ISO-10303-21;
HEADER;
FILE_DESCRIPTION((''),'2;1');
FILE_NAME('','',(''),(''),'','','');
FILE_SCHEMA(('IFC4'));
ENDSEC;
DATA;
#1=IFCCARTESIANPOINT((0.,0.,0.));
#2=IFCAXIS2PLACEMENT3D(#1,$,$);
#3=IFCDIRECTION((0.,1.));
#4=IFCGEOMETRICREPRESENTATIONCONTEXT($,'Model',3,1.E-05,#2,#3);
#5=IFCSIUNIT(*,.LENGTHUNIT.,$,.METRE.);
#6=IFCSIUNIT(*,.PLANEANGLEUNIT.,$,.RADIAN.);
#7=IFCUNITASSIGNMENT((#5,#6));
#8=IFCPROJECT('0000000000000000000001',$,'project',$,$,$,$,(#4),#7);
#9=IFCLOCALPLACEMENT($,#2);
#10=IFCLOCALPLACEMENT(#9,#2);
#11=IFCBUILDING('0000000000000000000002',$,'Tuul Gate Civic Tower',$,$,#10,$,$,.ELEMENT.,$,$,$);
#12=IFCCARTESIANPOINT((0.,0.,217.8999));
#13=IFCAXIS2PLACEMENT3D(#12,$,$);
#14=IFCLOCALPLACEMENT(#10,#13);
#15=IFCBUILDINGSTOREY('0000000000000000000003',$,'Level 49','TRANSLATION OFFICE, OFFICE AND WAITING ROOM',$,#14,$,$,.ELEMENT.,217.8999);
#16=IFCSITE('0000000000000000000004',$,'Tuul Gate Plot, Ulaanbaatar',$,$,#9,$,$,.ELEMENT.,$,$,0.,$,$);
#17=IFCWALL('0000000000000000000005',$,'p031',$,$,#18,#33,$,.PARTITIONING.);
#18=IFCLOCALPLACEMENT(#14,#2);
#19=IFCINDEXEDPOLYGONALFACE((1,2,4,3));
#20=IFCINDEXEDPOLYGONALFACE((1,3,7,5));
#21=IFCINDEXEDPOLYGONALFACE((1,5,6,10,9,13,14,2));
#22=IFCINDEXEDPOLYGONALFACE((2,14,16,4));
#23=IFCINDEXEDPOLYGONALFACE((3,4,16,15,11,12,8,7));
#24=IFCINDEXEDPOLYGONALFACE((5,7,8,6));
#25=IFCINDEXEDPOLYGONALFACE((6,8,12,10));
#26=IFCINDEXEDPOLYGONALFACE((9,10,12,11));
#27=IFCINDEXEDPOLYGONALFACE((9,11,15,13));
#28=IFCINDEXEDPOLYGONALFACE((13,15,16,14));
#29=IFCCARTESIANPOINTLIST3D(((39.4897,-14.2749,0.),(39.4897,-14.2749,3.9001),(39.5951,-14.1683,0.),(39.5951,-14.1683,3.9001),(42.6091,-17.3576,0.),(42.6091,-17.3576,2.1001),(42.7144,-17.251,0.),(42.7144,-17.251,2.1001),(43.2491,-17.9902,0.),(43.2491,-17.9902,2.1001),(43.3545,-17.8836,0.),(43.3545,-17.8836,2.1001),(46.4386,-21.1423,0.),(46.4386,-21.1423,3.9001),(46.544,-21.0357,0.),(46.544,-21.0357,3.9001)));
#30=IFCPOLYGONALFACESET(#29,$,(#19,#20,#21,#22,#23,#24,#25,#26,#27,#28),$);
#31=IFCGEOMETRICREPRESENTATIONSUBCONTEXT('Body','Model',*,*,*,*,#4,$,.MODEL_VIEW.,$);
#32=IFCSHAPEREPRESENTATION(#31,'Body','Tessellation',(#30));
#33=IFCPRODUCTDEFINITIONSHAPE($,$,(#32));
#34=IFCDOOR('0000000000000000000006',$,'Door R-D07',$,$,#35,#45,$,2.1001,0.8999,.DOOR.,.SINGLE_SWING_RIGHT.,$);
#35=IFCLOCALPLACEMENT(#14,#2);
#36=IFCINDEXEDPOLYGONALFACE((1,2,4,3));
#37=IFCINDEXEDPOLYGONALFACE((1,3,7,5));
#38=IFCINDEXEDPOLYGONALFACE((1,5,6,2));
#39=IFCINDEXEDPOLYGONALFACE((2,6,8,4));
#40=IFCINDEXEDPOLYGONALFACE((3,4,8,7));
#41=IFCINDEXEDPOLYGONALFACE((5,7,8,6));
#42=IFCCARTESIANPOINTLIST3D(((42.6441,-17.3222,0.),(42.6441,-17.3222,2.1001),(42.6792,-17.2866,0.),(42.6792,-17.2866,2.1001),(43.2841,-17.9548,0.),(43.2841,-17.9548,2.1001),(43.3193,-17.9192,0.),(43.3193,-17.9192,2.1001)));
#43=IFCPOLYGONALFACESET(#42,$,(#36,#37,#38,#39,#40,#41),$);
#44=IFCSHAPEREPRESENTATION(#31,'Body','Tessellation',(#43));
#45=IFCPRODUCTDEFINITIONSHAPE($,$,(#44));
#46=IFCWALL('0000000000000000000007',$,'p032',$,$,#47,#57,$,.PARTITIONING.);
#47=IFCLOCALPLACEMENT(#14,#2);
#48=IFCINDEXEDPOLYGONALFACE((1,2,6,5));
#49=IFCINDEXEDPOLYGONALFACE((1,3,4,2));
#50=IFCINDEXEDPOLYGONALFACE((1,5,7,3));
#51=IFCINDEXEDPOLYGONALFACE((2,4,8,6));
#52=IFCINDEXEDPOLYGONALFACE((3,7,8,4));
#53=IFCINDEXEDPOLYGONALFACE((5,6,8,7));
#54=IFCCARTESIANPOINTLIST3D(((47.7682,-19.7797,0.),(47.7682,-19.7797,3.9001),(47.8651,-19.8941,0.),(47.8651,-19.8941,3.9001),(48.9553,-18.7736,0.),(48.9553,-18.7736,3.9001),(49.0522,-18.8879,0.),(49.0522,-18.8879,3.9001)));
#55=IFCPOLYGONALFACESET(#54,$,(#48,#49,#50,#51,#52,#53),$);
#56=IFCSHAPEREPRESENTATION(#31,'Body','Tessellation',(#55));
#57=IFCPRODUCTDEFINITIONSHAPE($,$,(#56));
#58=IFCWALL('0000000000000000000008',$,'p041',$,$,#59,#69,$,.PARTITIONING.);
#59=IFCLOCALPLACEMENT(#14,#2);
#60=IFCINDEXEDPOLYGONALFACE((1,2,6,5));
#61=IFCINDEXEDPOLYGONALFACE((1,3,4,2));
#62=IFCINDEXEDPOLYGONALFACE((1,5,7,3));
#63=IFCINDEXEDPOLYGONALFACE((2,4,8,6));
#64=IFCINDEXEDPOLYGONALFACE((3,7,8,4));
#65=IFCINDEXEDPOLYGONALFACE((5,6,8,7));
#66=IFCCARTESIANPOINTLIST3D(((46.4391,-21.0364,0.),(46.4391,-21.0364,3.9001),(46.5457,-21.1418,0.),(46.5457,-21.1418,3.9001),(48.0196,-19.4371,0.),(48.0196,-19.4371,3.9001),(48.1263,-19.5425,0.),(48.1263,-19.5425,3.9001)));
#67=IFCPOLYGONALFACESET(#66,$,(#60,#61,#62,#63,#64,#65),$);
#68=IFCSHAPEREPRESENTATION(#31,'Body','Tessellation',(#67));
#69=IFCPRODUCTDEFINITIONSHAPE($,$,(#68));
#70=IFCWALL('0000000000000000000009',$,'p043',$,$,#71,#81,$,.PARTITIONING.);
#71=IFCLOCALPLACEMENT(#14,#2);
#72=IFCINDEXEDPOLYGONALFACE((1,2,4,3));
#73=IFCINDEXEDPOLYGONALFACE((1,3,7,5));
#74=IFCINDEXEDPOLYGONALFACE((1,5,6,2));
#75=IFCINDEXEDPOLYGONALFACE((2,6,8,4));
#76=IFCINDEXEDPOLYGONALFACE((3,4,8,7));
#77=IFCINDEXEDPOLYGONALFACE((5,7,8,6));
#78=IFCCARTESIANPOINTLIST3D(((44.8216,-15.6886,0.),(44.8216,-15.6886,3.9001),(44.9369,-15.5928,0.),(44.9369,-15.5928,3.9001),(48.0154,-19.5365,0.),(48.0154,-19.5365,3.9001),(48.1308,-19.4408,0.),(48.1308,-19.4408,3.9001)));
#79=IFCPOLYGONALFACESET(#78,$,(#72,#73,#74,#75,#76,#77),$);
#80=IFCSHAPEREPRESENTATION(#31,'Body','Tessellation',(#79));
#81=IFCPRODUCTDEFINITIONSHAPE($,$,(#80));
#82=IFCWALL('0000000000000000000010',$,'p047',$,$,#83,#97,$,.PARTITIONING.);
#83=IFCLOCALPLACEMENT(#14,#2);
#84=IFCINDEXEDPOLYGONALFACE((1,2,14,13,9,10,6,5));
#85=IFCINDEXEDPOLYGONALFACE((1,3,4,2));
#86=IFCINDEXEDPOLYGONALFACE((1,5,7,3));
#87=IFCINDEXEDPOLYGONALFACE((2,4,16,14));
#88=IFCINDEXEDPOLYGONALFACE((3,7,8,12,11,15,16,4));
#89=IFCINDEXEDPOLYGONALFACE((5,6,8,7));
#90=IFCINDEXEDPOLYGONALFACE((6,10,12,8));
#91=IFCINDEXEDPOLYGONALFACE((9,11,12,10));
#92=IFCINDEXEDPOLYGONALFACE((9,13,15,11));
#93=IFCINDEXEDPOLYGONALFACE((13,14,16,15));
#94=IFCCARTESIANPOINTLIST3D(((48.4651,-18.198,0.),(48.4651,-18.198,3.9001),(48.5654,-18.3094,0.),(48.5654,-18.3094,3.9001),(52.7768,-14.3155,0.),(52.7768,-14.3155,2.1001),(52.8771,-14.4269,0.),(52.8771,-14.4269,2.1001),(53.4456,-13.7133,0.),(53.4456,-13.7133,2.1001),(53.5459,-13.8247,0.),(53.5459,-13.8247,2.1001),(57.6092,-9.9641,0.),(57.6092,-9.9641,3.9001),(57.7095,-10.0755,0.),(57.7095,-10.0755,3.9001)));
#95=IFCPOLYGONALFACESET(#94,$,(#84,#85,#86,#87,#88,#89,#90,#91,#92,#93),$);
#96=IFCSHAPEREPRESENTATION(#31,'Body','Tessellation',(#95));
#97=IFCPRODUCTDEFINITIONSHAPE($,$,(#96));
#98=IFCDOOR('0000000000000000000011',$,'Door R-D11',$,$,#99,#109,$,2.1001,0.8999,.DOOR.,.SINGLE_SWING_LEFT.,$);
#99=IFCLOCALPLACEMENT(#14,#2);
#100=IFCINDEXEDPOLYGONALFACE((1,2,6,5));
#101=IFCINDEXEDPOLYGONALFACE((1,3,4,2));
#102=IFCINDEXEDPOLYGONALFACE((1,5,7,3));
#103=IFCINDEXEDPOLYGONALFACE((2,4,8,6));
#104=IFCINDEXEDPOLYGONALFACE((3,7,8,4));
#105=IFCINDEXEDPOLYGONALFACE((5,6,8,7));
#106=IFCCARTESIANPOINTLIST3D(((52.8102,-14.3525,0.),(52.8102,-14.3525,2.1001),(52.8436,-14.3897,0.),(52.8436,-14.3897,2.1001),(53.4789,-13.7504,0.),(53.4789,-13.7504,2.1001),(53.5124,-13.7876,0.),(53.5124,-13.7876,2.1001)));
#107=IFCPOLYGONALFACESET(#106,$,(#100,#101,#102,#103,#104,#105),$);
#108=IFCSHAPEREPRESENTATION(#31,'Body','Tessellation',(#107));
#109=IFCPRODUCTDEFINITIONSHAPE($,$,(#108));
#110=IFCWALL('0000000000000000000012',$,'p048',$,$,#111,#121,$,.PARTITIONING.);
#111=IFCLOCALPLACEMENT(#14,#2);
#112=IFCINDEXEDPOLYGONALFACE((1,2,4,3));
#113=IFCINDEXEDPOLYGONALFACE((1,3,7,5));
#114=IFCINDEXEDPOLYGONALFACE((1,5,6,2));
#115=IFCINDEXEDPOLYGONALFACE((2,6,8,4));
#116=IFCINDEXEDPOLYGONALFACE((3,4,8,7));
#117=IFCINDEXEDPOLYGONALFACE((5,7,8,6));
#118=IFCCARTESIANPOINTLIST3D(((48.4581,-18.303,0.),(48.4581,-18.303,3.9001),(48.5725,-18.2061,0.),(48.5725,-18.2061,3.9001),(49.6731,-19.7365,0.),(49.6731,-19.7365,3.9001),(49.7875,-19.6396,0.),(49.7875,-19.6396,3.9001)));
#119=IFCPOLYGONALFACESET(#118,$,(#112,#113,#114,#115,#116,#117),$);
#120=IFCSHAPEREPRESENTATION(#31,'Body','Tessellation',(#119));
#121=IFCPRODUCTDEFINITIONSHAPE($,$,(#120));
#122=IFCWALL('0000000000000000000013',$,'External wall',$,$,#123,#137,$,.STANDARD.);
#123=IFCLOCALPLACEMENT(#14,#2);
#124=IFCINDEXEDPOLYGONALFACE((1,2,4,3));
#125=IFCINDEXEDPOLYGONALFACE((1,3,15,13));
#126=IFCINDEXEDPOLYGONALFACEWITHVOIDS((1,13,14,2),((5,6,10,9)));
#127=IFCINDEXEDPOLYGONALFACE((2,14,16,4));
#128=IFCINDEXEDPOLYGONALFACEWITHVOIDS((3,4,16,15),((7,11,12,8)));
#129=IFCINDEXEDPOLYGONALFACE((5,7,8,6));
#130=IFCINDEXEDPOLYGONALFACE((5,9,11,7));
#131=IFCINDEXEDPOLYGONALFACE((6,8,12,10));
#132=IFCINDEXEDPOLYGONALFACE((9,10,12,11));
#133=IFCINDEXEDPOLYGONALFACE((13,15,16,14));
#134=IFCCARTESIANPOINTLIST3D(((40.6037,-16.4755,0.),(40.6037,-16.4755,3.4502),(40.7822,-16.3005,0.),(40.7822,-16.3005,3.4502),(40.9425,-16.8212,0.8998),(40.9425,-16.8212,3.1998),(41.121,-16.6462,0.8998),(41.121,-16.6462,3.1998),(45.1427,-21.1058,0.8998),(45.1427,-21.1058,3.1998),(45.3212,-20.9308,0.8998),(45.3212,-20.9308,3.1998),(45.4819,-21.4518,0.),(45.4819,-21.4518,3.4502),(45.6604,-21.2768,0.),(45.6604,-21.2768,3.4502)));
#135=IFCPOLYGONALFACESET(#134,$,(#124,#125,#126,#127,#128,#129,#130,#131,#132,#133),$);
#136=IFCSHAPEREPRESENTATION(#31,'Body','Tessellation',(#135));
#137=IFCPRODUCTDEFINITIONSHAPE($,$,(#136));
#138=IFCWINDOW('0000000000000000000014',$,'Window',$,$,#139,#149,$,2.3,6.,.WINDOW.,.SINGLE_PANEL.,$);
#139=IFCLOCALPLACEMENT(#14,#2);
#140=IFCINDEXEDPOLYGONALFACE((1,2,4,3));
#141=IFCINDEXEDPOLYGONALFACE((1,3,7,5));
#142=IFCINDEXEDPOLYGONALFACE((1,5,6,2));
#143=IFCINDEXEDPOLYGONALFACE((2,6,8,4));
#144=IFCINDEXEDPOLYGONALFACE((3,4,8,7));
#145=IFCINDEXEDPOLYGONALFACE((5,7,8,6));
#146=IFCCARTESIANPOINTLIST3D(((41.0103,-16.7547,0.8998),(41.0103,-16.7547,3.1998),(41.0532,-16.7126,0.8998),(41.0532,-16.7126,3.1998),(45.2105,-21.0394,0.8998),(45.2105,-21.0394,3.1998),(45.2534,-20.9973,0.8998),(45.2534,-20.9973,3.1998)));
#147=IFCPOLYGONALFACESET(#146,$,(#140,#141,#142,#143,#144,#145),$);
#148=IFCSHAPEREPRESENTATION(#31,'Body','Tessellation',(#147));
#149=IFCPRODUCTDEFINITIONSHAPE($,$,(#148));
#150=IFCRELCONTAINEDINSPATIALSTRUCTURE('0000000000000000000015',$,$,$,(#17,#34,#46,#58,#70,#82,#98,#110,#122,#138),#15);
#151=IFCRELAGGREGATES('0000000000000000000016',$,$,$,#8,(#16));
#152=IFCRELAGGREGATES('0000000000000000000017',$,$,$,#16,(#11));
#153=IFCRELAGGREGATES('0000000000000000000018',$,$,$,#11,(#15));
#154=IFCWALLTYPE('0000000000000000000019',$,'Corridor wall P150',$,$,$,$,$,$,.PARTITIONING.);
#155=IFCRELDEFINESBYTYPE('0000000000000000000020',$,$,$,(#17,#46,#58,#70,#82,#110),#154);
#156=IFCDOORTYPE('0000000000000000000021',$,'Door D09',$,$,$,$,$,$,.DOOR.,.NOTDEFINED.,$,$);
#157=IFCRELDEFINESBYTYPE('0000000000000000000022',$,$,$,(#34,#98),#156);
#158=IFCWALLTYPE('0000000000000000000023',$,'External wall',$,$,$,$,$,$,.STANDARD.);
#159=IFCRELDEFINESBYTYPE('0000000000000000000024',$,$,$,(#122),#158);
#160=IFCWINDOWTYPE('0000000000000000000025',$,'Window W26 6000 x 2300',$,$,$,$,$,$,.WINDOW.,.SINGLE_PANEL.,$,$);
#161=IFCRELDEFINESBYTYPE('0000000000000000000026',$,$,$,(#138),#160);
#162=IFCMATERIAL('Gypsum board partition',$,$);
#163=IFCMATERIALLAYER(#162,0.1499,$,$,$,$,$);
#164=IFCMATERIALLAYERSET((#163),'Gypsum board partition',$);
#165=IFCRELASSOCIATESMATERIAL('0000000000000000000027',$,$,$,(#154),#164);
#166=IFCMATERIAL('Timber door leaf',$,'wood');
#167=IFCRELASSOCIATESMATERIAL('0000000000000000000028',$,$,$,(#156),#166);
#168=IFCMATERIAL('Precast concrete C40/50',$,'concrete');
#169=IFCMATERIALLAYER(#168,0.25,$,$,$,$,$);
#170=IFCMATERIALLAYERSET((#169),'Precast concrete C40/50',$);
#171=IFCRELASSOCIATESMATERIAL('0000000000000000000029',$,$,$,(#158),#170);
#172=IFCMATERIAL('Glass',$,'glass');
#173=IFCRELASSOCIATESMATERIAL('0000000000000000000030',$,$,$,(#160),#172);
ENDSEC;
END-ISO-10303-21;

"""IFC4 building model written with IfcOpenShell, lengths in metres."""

from ifc_helpers import new_model, si_unit, direction, frame, frame_2d, origin, place, context, subcontext, project, spatial, rectangle, extrude, material, layer, layer_set, type_object, element, fill, save


model = new_model("IFC4")

# Units and contexts
model_context = context("Model", 3, precision=1e-05, world=origin(), true_north=direction((0.0, 1.0)))
body_context = subcontext(model_context, "Body", "Model", "MODEL_VIEW")
ifc_project = project(units=[si_unit("LENGTHUNIT", "METRE"), si_unit("PLANEANGLEUNIT", "RADIAN")], contexts=[model_context])

# Site, building, storey
site_placement = place(None, origin())
site = spatial("IfcSite", under=ifc_project, at=site_placement, Name="Tuul Gate Plot, Ulaanbaatar", CompositionType="ELEMENT", RefElevation=0.0)
building_placement = place(site_placement, origin())
building = spatial("IfcBuilding", under=site, at=building_placement, Name="Tuul Gate Civic Tower", CompositionType="ELEMENT")
storey_placement = place(building_placement, frame((0.0, 0.0, 217.8999)))
storey = spatial("IfcBuildingStorey", under=building, at=storey_placement, Name="Level 49", Description="TRANSLATION OFFICE, OFFICE AND WAITING ROOM", CompositionType="ELEMENT", Elevation=217.8999)

# Wall, opening, door
ifc_material_1 = material(Name="Gypsum board partition")
ifc_layer_1 = layer(ifc_material_1, 0.1499)
ifc_layer_set_1 = layer_set([ifc_layer_1], Name="Gypsum board partition")
wall_type_1 = type_object("IfcWallType", Name="Corridor wall P150", PredefinedType="PARTITIONING", material=ifc_layer_set_1)
wall_1_placement = place(storey_placement, frame((39.5425, -14.2217, 0.0), z_axis=(0.0, 0.0, 1.0), x_axis=(0.711268, -0.702921, 0.0)))
wall_1 = element("IfcWall", 1, at=wall_1_placement, inside=storey, type_object=wall_type_1, Name="p031", PredefinedType="PARTITIONING", context=body_context, shape_type="SweptSolid", body=[
    extrude(rectangle(XDim=9.7698, YDim=0.1499, at=frame_2d((4.8848, 0.0))), origin(), (0.0, 0.0, 1.0), 3.9001),
])
opening_1_placement = place(wall_1_placement, frame((4.3855, 0.0, 0.0)))
opening_1 = element("IfcOpeningElement", 2, at=opening_1_placement, cuts=wall_1, PredefinedType="OPENING", context=body_context, shape_type="SweptSolid", body=[
    extrude(rectangle(XDim=0.8999, YDim=2.1001, at=frame_2d((0.45, 1.05))), frame((0.0, 0.085, 0.0), z_axis=(0.0, -1.0, 0.0), x_axis=(1.0, 0.0, 0.0)), (0.0, 0.0, 1.0), 0.1699),
])
ifc_material_2 = material(Name="Timber door leaf", Category="wood")
door_type_1 = type_object("IfcDoorType", Name="Door D09", OperationType="NOTDEFINED", PredefinedType="DOOR", material=ifc_material_2)
door_1_placement = place(opening_1_placement, origin())
door_1 = element("IfcDoor", 3, at=door_1_placement, inside=storey, type_object=door_type_1, Name="Door R-D07", OperationType="SINGLE_SWING_RIGHT", OverallHeight=2.1001, OverallWidth=0.8999, PredefinedType="DOOR", context=body_context, shape_type="SweptSolid", body=[
    extrude(rectangle(XDim=0.8999, YDim=2.1001, at=frame_2d((0.45, 1.05))), frame((0.0, 0.0249, 0.0), z_axis=(0.0, -1.0, 0.0), x_axis=(1.0, 0.0, 0.0)), (0.0, 0.0, 1.0), 0.05),
])
fill(opening_1, door_1)

# Walls
wall_2_placement = place(storey_placement, frame((47.8167, -19.8369, 0.0), z_axis=(0.0, 0.0, 1.0), x_axis=(0.762844, 0.646582, 0.0)))
element("IfcWall", 4, at=wall_2_placement, inside=storey, type_object=wall_type_1, Name="p032", PredefinedType="PARTITIONING", context=body_context, shape_type="SweptSolid", body=[
    extrude(rectangle(XDim=1.5562, YDim=0.1499, at=frame_2d((0.7781, 0.0))), origin(), (0.0, 0.0, 1.0), 3.9001),
])
wall_3_placement = place(storey_placement, frame((46.4924, -21.0891, 0.0), z_axis=(0.0, 0.0, 1.0), x_axis=(0.702914, 0.711275, 0.0)))
element("IfcWall", 5, at=wall_3_placement, inside=storey, type_object=wall_type_1, Name="p041", PredefinedType="PARTITIONING", context=body_context, shape_type="SweptSolid", body=[
    extrude(rectangle(XDim=2.2485, YDim=0.1499, at=frame_2d((1.1243, 0.0))), origin(), (0.0, 0.0, 1.0), 3.9001),
])
wall_4_placement = place(storey_placement, frame((44.8792, -15.6406, 0.0), z_axis=(0.0, 0.0, 1.0), x_axis=(0.63868, -0.769472, 0.0)))
element("IfcWall", 6, at=wall_4_placement, inside=storey, type_object=wall_type_1, Name="p043", PredefinedType="PARTITIONING", context=body_context, shape_type="SweptSolid", body=[
    extrude(rectangle(XDim=5.0007, YDim=0.1499, at=frame_2d((2.5005, 0.0))), origin(), (0.0, 0.0, 1.0), 3.9001),
])

# Wall, opening, door
wall_5_placement = place(storey_placement, frame((48.5154, -18.2537, 0.0), z_axis=(0.0, 0.0, 1.0), x_axis=(0.743122, 0.669155, 0.0)))
wall_5 = element("IfcWall", 7, at=wall_5_placement, inside=storey, type_object=wall_type_1, Name="p047", PredefinedType="PARTITIONING", context=body_context, shape_type="SweptSolid", body=[
    extrude(rectangle(XDim=12.3049, YDim=0.1499, at=frame_2d((6.1523, 0.0))), origin(), (0.0, 0.0, 1.0), 3.9001),
])
opening_2_placement = place(wall_5_placement, frame((5.802, 0.0, 0.0)))
opening_2 = element("IfcOpeningElement", 8, at=opening_2_placement, cuts=wall_5, PredefinedType="OPENING", context=body_context, shape_type="SweptSolid", body=[
    extrude(rectangle(XDim=0.8999, YDim=2.1001, at=frame_2d((0.45, 1.05))), frame((0.0, 0.085, 0.0), z_axis=(0.0, -1.0, 0.0), x_axis=(1.0, 0.0, 0.0)), (0.0, 0.0, 1.0), 0.1699),
])
door_2_placement = place(opening_2_placement, frame((0.8999, 0.0, 0.0), z_axis=(0.0, 0.0, 1.0), x_axis=(-1.0, 0.0, 0.0)))
door_2 = element("IfcDoor", 9, at=door_2_placement, inside=storey, type_object=door_type_1, Name="Door R-D11", OperationType="SINGLE_SWING_LEFT", OverallHeight=2.1001, OverallWidth=0.8999, PredefinedType="DOOR", context=body_context, shape_type="SweptSolid", body=[
    extrude(rectangle(XDim=0.8999, YDim=2.1001, at=frame_2d((0.45, 1.05))), frame((0.0, 0.0249, 0.0), z_axis=(0.0, -1.0, 0.0), x_axis=(1.0, 0.0, 0.0)), (0.0, 0.0, 1.0), 0.05),
])
fill(opening_2, door_2)

# Wall
wall_6_placement = place(storey_placement, frame((48.5154, -18.2546, 0.0), z_axis=(0.0, 0.0, 1.0), x_axis=(0.646577, -0.762849, 0.0)))
element("IfcWall", 10, at=wall_6_placement, inside=storey, type_object=wall_type_1, Name="p048", PredefinedType="PARTITIONING", context=body_context, shape_type="SweptSolid", body=[
    extrude(rectangle(XDim=1.8792, YDim=0.1499, at=frame_2d((0.9395, 0.0))), origin(), (0.0, 0.0, 1.0), 3.9001),
])

# Wall, opening, window
ifc_material_3 = material(Name="Precast concrete C40/50", Category="concrete")
ifc_layer_2 = layer(ifc_material_3, 0.25)
ifc_layer_set_2 = layer_set([ifc_layer_2], Name="Precast concrete C40/50")
wall_type_2 = type_object("IfcWallType", Name="External wall", PredefinedType="STANDARD", material=ifc_layer_set_2)
wall_7_placement = place(storey_placement, frame((40.6929, -16.3879, 0.0), z_axis=(0.0, 0.0, 1.0), x_axis=(0.70003, -0.714114, 0.0)))
wall_7 = element("IfcWall", 11, at=wall_7_placement, inside=storey, type_object=wall_type_2, Name="External wall", PredefinedType="STANDARD", context=body_context, shape_type="SweptSolid", body=[
    extrude(rectangle(XDim=6.9685, YDim=0.25, at=frame_2d((3.4844, 0.0))), origin(), (0.0, 0.0, 1.0), 3.4502),
])
opening_3_placement = place(wall_7_placement, frame((0.4841, 0.0, 0.8999)))
opening_3 = element("IfcOpeningElement", 12, at=opening_3_placement, cuts=wall_7, PredefinedType="OPENING", context=body_context, shape_type="SweptSolid", body=[
    extrude(rectangle(XDim=6.0, YDim=2.3, at=frame_2d((3.0, 1.1499))), frame((0.0, 0.135, 0.0), z_axis=(0.0, -1.0, 0.0), x_axis=(1.0, 0.0, 0.0)), (0.0, 0.0, 1.0), 0.27),
])
ifc_material_4 = material(Name="Glass", Category="glass")
window_type_1 = type_object("IfcWindowType", Name="Window W26 6000 x 2300", PartitioningType="SINGLE_PANEL", PredefinedType="WINDOW", material=ifc_material_4)
window_1_placement = place(opening_3_placement, origin())
window_1 = element("IfcWindow", 13, at=window_1_placement, inside=storey, type_object=window_type_1, Name="Window", OverallHeight=2.3, OverallWidth=6.0, PartitioningType="SINGLE_PANEL", PredefinedType="WINDOW", context=body_context, shape_type="SweptSolid", body=[
    extrude(rectangle(XDim=6.0, YDim=2.3, at=frame_2d((3.0, 1.1499))), frame((0.0, 0.03, 0.0), z_axis=(0.0, -1.0, 0.0), x_axis=(1.0, 0.0, 0.0)), (0.0, 0.0, 1.0), 0.0601),
])
fill(opening_3, window_1)

save(model, "model.ifc")
